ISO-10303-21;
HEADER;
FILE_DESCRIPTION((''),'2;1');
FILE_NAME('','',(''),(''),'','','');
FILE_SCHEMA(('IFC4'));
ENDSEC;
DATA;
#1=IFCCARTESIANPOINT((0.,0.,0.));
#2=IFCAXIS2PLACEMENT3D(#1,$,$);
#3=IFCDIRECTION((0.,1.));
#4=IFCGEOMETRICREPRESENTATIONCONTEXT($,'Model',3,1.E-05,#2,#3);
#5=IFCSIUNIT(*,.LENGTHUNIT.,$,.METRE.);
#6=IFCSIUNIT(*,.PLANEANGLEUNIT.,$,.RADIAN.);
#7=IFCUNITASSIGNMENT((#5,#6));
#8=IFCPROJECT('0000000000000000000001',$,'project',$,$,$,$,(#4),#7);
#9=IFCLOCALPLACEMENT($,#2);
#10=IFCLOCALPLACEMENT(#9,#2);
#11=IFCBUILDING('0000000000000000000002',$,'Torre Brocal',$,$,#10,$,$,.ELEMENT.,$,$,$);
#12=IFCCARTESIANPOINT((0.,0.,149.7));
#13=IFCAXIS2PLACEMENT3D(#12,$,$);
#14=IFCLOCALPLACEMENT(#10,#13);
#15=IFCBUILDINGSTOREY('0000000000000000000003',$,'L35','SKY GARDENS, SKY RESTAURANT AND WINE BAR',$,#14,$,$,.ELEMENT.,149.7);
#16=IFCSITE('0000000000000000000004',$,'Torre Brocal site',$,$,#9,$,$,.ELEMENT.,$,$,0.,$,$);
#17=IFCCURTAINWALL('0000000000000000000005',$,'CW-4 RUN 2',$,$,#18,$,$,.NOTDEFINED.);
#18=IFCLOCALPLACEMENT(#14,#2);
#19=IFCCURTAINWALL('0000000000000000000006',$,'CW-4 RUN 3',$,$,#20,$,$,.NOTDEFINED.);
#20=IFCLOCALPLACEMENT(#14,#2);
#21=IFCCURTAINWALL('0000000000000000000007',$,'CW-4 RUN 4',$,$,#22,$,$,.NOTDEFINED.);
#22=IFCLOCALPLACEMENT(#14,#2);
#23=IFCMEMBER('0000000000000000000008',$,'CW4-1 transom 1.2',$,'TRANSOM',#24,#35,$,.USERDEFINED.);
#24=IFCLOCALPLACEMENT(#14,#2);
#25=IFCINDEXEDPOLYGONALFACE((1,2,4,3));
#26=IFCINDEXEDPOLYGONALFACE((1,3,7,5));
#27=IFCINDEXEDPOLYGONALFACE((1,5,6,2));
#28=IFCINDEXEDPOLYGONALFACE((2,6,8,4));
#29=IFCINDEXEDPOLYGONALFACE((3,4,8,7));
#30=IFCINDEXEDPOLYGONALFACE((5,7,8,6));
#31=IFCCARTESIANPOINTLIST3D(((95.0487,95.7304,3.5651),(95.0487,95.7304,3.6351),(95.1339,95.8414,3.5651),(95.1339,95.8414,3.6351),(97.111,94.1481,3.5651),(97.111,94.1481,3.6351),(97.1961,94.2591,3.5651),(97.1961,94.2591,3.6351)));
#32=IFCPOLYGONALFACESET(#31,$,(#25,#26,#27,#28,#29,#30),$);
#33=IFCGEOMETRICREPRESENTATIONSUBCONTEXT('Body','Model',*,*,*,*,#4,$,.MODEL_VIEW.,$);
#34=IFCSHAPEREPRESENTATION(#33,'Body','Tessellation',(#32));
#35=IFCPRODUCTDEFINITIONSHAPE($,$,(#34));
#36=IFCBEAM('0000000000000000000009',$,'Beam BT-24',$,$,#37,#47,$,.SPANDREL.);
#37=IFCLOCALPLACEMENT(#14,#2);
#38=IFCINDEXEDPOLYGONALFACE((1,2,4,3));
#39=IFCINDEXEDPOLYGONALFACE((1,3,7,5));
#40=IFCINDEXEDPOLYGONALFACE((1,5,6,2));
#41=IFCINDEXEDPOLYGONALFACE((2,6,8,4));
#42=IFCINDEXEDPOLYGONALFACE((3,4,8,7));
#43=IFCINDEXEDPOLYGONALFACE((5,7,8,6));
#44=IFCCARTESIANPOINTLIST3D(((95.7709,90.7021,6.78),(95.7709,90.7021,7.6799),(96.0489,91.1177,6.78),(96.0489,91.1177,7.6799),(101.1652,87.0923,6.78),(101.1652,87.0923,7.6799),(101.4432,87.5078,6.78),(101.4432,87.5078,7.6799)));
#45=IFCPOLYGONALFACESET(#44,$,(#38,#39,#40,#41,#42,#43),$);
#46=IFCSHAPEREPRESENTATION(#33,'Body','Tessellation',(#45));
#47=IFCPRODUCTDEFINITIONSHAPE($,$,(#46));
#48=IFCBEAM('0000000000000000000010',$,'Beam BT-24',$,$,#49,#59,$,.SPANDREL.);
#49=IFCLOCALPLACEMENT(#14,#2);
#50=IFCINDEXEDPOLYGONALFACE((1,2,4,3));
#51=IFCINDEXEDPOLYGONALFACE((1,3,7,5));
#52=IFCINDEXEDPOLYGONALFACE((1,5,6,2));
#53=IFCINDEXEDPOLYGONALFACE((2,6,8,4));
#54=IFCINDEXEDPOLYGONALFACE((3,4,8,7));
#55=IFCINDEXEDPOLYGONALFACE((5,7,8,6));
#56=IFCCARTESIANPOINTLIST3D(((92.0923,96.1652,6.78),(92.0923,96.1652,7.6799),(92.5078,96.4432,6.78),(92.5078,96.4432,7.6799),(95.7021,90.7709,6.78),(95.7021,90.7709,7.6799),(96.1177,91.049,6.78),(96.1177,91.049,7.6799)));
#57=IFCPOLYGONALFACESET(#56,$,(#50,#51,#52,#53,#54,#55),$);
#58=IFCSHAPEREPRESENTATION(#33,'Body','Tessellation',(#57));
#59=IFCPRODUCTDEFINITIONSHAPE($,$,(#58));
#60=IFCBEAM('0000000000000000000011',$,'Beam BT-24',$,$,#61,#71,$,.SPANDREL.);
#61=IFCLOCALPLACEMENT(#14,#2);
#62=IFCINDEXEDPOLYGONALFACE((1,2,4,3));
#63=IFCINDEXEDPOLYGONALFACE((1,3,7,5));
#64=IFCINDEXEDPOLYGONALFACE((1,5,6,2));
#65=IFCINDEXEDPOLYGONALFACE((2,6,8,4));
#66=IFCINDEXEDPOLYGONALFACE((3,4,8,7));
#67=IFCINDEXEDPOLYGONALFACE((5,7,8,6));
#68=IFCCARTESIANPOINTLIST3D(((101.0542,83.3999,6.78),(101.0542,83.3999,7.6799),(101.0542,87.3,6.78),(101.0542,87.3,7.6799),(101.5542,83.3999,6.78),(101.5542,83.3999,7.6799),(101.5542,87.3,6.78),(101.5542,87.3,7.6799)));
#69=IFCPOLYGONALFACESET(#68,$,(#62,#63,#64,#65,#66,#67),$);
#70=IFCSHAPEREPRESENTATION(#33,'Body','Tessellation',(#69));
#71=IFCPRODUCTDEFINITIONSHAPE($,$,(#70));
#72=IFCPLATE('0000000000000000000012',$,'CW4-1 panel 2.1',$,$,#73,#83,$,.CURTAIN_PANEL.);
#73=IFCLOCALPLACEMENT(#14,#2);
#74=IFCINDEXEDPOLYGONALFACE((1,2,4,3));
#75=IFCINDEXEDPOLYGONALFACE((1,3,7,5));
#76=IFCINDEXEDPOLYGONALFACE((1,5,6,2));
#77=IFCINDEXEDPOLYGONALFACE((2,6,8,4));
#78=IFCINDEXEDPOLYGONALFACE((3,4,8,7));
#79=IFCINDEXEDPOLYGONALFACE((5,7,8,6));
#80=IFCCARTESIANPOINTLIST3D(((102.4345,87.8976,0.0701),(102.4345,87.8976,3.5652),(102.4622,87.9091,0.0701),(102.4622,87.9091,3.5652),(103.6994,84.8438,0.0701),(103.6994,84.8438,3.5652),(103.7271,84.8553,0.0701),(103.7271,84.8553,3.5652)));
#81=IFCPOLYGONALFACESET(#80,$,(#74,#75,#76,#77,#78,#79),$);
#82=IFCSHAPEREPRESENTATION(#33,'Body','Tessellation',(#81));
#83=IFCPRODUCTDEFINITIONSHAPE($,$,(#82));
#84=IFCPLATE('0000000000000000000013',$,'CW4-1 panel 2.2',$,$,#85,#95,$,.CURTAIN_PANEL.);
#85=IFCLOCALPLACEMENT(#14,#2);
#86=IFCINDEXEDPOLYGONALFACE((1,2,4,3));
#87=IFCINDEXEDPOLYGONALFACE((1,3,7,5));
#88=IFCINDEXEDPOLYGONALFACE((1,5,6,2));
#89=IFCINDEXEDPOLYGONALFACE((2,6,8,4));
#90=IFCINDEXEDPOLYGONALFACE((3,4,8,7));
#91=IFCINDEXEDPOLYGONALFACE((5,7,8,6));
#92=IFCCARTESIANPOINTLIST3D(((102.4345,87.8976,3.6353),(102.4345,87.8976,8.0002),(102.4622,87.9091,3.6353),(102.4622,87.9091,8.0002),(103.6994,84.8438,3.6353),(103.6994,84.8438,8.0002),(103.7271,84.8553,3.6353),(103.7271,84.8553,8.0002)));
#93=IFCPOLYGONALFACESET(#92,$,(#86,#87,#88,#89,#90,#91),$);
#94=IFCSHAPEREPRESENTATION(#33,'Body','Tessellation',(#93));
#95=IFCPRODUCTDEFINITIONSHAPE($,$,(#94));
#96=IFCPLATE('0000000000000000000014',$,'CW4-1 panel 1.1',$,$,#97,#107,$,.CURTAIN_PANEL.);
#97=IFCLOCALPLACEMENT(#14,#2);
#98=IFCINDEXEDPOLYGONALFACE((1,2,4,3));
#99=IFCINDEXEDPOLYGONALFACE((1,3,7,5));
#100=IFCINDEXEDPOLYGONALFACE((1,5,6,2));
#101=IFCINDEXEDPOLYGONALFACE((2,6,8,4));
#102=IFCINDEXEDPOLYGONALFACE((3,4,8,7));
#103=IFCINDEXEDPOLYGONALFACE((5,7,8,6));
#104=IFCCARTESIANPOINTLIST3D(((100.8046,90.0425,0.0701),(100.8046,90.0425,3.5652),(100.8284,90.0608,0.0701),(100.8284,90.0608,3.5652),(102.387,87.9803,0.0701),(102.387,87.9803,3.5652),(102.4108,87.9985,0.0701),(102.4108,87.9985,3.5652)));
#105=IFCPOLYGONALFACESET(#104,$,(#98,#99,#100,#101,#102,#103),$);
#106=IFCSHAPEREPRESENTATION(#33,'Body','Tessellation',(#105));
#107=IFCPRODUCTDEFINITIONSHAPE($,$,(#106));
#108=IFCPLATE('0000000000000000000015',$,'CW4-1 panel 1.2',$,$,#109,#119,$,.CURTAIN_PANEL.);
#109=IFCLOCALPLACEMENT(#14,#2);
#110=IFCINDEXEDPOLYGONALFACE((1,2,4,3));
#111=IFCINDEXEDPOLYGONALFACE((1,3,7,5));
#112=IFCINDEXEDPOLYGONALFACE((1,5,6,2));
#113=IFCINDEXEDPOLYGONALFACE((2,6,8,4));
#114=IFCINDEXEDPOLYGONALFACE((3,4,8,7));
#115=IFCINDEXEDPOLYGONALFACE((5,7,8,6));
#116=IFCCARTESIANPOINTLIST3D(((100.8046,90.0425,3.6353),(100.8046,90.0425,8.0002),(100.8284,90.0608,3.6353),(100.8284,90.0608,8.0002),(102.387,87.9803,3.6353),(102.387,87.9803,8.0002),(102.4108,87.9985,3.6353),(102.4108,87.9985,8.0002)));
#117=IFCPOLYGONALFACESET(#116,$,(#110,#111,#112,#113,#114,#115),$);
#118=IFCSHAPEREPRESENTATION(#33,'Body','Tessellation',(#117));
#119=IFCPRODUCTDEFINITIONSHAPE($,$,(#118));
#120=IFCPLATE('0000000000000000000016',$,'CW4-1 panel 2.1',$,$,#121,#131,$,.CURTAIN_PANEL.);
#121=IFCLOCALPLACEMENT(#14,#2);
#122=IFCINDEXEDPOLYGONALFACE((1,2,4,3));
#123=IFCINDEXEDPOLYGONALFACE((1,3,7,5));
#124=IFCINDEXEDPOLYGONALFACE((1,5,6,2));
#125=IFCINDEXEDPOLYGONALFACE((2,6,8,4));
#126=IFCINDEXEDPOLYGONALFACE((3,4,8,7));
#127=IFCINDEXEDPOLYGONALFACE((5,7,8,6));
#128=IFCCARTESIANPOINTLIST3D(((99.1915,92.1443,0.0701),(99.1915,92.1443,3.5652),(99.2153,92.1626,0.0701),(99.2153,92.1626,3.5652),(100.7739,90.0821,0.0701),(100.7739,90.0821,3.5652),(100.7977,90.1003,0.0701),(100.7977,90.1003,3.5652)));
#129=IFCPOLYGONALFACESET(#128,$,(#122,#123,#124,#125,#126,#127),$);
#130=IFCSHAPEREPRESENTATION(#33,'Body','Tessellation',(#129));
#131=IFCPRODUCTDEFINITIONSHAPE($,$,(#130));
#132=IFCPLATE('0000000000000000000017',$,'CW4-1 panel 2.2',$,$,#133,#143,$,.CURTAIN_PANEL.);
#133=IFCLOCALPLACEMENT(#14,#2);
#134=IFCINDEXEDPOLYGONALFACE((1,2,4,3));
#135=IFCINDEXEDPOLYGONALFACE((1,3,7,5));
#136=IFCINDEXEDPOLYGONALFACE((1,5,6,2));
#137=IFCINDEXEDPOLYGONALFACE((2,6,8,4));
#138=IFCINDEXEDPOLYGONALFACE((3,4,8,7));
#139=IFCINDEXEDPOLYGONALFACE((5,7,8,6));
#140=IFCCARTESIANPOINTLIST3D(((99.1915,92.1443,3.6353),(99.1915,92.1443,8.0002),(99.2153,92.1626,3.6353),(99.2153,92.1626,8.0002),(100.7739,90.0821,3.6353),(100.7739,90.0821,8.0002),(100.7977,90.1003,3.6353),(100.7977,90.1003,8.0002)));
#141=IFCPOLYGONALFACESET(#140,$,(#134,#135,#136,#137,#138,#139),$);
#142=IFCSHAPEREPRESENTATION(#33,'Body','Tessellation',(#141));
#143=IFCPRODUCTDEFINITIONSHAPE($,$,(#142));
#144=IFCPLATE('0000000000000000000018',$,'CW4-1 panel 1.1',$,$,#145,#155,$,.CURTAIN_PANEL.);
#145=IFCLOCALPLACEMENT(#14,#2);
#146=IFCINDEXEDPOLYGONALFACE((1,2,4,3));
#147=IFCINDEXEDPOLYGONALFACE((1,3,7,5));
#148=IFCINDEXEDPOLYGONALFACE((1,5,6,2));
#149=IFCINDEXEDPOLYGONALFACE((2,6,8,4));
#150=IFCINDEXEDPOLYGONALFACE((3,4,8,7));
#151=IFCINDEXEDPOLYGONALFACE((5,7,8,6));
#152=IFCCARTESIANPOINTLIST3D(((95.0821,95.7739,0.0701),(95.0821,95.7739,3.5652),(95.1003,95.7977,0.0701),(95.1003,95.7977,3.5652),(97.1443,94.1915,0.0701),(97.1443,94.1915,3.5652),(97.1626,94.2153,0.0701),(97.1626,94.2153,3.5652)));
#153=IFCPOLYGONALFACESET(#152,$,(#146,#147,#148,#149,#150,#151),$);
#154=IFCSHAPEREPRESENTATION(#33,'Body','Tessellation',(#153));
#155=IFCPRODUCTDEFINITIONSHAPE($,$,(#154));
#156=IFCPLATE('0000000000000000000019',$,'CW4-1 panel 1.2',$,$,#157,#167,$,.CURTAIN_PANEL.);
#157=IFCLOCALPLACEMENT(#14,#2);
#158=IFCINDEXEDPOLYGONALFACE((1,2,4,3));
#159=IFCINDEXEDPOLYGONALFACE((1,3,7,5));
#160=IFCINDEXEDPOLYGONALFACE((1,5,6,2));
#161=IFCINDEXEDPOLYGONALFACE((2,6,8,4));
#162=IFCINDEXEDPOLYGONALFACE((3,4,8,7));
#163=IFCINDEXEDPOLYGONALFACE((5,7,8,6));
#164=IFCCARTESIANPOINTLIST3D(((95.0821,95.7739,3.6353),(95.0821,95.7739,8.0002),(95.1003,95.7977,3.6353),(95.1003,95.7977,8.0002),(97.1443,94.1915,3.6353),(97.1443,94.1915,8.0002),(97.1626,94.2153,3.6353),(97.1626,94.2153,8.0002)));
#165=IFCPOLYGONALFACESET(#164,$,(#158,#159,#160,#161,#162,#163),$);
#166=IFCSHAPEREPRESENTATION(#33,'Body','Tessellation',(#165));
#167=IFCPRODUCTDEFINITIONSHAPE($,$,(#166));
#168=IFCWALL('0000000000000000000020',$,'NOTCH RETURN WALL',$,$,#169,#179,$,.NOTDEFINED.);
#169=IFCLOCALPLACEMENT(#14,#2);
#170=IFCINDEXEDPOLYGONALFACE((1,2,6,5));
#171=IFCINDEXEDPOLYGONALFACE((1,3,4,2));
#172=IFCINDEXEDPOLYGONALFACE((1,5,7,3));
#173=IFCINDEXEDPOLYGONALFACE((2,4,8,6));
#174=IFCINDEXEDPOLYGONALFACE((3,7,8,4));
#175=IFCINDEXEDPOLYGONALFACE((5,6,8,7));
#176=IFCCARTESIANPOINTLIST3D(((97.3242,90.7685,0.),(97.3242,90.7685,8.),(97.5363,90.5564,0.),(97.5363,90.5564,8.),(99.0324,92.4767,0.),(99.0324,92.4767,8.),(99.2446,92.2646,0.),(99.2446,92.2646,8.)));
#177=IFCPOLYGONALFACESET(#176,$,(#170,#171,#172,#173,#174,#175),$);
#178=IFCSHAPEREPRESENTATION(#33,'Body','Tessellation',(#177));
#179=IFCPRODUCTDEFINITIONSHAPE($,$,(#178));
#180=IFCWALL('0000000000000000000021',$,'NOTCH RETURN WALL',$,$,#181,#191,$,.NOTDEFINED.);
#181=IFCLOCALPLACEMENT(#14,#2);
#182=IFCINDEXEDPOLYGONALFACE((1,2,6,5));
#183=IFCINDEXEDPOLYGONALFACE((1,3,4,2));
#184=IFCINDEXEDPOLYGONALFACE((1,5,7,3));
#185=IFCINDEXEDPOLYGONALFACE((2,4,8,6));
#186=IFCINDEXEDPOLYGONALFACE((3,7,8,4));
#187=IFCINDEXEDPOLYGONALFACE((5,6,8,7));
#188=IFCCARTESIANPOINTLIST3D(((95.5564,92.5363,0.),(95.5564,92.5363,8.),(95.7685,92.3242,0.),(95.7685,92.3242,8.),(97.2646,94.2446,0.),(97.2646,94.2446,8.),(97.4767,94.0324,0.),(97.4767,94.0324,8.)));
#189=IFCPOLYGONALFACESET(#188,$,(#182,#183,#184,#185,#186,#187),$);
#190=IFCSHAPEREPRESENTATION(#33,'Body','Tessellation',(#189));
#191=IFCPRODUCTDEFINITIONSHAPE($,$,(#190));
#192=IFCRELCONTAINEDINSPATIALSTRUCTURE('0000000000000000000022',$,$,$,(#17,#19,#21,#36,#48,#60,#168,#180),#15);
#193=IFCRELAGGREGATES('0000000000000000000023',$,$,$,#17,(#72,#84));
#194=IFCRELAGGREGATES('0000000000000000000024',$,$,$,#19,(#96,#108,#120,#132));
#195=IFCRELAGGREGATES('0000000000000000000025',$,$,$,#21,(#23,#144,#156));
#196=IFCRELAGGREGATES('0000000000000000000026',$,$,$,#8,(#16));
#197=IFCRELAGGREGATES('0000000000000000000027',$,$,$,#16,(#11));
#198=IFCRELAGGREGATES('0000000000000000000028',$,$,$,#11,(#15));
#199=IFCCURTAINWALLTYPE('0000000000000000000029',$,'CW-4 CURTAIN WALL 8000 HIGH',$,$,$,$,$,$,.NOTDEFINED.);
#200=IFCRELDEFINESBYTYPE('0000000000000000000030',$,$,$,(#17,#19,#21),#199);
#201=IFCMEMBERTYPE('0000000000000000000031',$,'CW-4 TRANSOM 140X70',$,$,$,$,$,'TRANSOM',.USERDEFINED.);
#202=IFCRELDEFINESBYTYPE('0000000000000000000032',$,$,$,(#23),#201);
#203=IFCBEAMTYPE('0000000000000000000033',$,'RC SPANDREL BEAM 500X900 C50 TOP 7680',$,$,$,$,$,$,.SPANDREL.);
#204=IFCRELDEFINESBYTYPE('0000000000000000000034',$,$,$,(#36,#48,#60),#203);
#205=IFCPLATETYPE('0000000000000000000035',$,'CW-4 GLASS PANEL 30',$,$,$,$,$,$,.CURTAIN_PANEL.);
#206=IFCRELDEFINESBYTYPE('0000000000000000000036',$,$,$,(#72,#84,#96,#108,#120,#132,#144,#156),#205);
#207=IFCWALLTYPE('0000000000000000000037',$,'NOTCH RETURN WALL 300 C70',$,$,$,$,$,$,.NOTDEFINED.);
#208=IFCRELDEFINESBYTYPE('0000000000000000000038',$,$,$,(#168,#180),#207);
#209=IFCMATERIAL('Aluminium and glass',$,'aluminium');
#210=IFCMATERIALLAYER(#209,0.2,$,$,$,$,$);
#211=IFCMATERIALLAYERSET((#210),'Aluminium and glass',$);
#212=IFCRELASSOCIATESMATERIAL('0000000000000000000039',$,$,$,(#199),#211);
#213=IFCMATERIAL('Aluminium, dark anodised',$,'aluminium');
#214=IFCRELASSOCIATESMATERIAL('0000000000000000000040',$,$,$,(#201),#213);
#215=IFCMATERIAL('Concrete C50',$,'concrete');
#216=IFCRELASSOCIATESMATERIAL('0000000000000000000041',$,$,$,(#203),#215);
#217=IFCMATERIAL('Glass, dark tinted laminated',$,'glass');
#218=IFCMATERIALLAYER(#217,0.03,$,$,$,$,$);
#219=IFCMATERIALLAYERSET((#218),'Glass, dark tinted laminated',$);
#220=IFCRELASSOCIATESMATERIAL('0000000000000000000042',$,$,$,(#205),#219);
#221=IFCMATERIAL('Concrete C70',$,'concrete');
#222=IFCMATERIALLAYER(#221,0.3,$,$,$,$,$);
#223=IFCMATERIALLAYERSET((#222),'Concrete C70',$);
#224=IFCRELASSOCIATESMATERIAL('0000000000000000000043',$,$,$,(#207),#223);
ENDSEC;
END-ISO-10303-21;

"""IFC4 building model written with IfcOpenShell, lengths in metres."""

from ifc_helpers import new_model, si_unit, direction, frame, frame_2d, origin, origin_2d, place, context, subcontext, project, spatial, rectangle, extrude, material, layer, layer_set, material_profile, profile_set, type_object, element, aggregate, save


model = new_model("IFC4")

# Units and contexts
model_context = context("Model", 3, precision=1e-05, world=origin(), true_north=direction((0.0, 1.0)))
body_context = subcontext(model_context, "Body", "Model", "MODEL_VIEW")
ifc_project = project(units=[si_unit("LENGTHUNIT", "METRE"), si_unit("PLANEANGLEUNIT", "RADIAN")], contexts=[model_context])

# Site, building, storey
site_placement = place(None, origin())
site = spatial("IfcSite", under=ifc_project, at=site_placement, Name="Torre Brocal site", CompositionType="ELEMENT", RefElevation=0.0)
building_placement = place(site_placement, origin())
building = spatial("IfcBuilding", under=site, at=building_placement, Name="Torre Brocal", CompositionType="ELEMENT")
storey_placement = place(building_placement, frame((0.0, 0.0, 149.7)))
storey = spatial("IfcBuildingStorey", under=building, at=storey_placement, Name="L35", Description="SKY GARDENS, SKY RESTAURANT AND WINE BAR", CompositionType="ELEMENT", Elevation=149.7)

# Curtain wall
ifc_material_1 = material(Name="Aluminium and glass", Category="aluminium")
ifc_layer_1 = layer(ifc_material_1, 0.2)
ifc_layer_set_1 = layer_set([ifc_layer_1], Name="Aluminium and glass")
curtain_wall_type = type_object("IfcCurtainWallType", Name="CW-4 CURTAIN WALL 8000 HIGH", PredefinedType="NOTDEFINED", material=ifc_layer_set_1)
curtain_wall_1_placement = place(storey_placement, origin())
curtain_wall_1 = element("IfcCurtainWall", 1, at=curtain_wall_1_placement, inside=storey, type_object=curtain_wall_type, Name="CW-4 RUN 2", PredefinedType="NOTDEFINED")

# Curtain wall
curtain_wall_2_placement = place(storey_placement, origin())
curtain_wall_2 = element("IfcCurtainWall", 2, at=curtain_wall_2_placement, inside=storey, type_object=curtain_wall_type, Name="CW-4 RUN 3", PredefinedType="NOTDEFINED")

# Curtain wall
curtain_wall_3_placement = place(storey_placement, origin())
curtain_wall_3 = element("IfcCurtainWall", 3, at=curtain_wall_3_placement, inside=storey, type_object=curtain_wall_type, Name="CW-4 RUN 4", PredefinedType="NOTDEFINED")

# Member
ifc_material_2 = material(Name="Aluminium, dark anodised", Category="aluminium")
ifc_material_profile_1 = material_profile(ifc_material_2, rectangle(XDim=0.1399, YDim=0.0701, at=origin_2d()), Name="CW-4 TRANSOM 140X70")
ifc_profile_set_1 = profile_set([ifc_material_profile_1], Name="Aluminium, dark anodised")
member_type_1 = type_object("IfcMemberType", Name="CW-4 TRANSOM 140X70", ElementType="TRANSOM", PredefinedType="USERDEFINED", material=ifc_profile_set_1)
member_1_placement = place(storey_placement, frame((97.1536, 94.2036, 3.6001), z_axis=(-0.793381, 0.608725, 0.0), x_axis=(-0.608725, -0.793381, 0.0)))
member_1 = element("IfcMember", 4, at=member_1_placement, type_object=member_type_1, Name="CW4-1 transom 1.2", ObjectType="TRANSOM", PredefinedType="USERDEFINED", context=body_context, shape_type="SweptSolid", body=[
    extrude(rectangle(XDim=0.1399, YDim=0.0701, at=origin_2d()), origin(), (0.0, 0.0, 1.0), 2.5994),
])

# Beams
ifc_material_3 = material(Name="Concrete C50", Category="concrete")
ifc_material_profile_2 = material_profile(ifc_material_3, rectangle(XDim=0.5, YDim=0.8999, at=origin_2d()), Name="RC 500X900")
ifc_profile_set_2 = profile_set([ifc_material_profile_2], Name="Concrete C50")
beam_type = type_object("IfcBeamType", Name="RC SPANDREL BEAM 500X900 C50 TOP 7680", PredefinedType="SPANDREL", material=ifc_profile_set_2)
for number, where, z_axis, x_axis, name in (
    (5, (101.3042, 87.3, 7.23), (-0.831077, 0.556158, 0.0), (-0.556158, -0.831077, 0.0), "Beam BT-24"),
    (6, (95.9099, 90.9099, 7.23), (-0.556158, 0.831077, 0.0), (-0.831077, -0.556158, 0.0), "Beam BT-24"),
):
    element("IfcBeam", number, at=place(storey_placement, frame(where, z_axis=z_axis, x_axis=x_axis)), inside=storey, type_object=beam_type, Name=name, PredefinedType="SPANDREL", context=body_context, shape_type="SweptSolid", body=[
        extrude(rectangle(XDim=0.5, YDim=0.8999, at=origin_2d()), origin(), (0.0, 0.0, 1.0), 6.4907),
    ])
beam_placement = place(storey_placement, frame((101.3042, 87.3, 7.23), z_axis=(0.0, -1.0, 0.0), x_axis=(1.0, 0.0, 0.0)))
element("IfcBeam", 7, at=beam_placement, inside=storey, type_object=beam_type, Name="Beam BT-24", PredefinedType="SPANDREL", context=body_context, shape_type="SweptSolid", body=[
    extrude(rectangle(XDim=0.5, YDim=0.8999, at=origin_2d()), origin(), (0.0, 0.0, 1.0), 3.9001),
])

# Plates
ifc_material_4 = material(Name="Glass, dark tinted laminated", Category="glass")
ifc_layer_2 = layer(ifc_material_4, 0.03)
ifc_layer_set_2 = layer_set([ifc_layer_2], Name="Glass, dark tinted laminated")
plate_type = type_object("IfcPlateType", Name="CW-4 GLASS PANEL 30", PredefinedType="CURTAIN_PANEL", material=ifc_layer_set_2)
plate_1_placement = place(storey_placement, frame((103.0808, 86.3765, 0.0701), z_axis=(0.0, 0.0, 1.0), x_axis=(-0.382683, 0.92388, 0.0)))
plate_1 = element("IfcPlate", 8, at=plate_1_placement, type_object=plate_type, Name="CW4-1 panel 2.1", PredefinedType="CURTAIN_PANEL", context=body_context, shape_type="SweptSolid", body=[
    extrude(rectangle(XDim=3.3054, YDim=0.03, at=origin_2d()), origin(), (0.0, 0.0, 1.0), 3.4951),
])
plate_2_placement = place(storey_placement, frame((103.0808, 86.3765, 3.6353), z_axis=(0.0, 0.0, 1.0), x_axis=(-0.382683, 0.92388, 0.0)))
plate_2 = element("IfcPlate", 9, at=plate_2_placement, type_object=plate_type, Name="CW4-1 panel 2.2", PredefinedType="CURTAIN_PANEL", context=body_context, shape_type="SweptSolid", body=[
    extrude(rectangle(XDim=3.3054, YDim=0.03, at=origin_2d()), origin(), (0.0, 0.0, 1.0), 4.365),
])
aggregate(curtain_wall_1, [plate_1, plate_2])
plate_3_placement = place(storey_placement, frame((101.6077, 89.0205, 0.0701), z_axis=(0.0, 0.0, 1.0), x_axis=(-0.608761, 0.793353, 0.0)))
plate_3 = element("IfcPlate", 10, at=plate_3_placement, type_object=plate_type, Name="CW4-1 panel 1.1", PredefinedType="CURTAIN_PANEL", context=body_context, shape_type="SweptSolid", body=[
    extrude(rectangle(XDim=2.5994, YDim=0.03, at=origin_2d()), origin(), (0.0, 0.0, 1.0), 3.4951),
])
plate_4_placement = place(storey_placement, frame((101.6077, 89.0205, 3.6353), z_axis=(0.0, 0.0, 1.0), x_axis=(-0.608761, 0.793353, 0.0)))
plate_4 = element("IfcPlate", 11, at=plate_4_placement, type_object=plate_type, Name="CW4-1 panel 1.2", PredefinedType="CURTAIN_PANEL", context=body_context, shape_type="SweptSolid", body=[
    extrude(rectangle(XDim=2.5994, YDim=0.03, at=origin_2d()), origin(), (0.0, 0.0, 1.0), 4.365),
])
plate_5_placement = place(storey_placement, frame((99.9946, 91.1223, 0.0701), z_axis=(0.0, 0.0, 1.0), x_axis=(-0.608761, 0.793353, 0.0)))
plate_5 = element("IfcPlate", 12, at=plate_5_placement, type_object=plate_type, Name="CW4-1 panel 2.1", PredefinedType="CURTAIN_PANEL", context=body_context, shape_type="SweptSolid", body=[
    extrude(rectangle(XDim=2.5994, YDim=0.03, at=origin_2d()), origin(), (0.0, 0.0, 1.0), 3.4951),
])
plate_6_placement = place(storey_placement, frame((99.9946, 91.1223, 3.6353), z_axis=(0.0, 0.0, 1.0), x_axis=(-0.608761, 0.793353, 0.0)))
plate_6 = element("IfcPlate", 13, at=plate_6_placement, type_object=plate_type, Name="CW4-1 panel 2.2", PredefinedType="CURTAIN_PANEL", context=body_context, shape_type="SweptSolid", body=[
    extrude(rectangle(XDim=2.5994, YDim=0.03, at=origin_2d()), origin(), (0.0, 0.0, 1.0), 4.365),
])
aggregate(curtain_wall_2, [plate_3, plate_4, plate_5, plate_6])
plate_7_placement = place(storey_placement, frame((96.1223, 94.9946, 0.0701), z_axis=(0.0, 0.0, 1.0), x_axis=(-0.793353, 0.608761, 0.0)))
plate_7 = element("IfcPlate", 14, at=plate_7_placement, type_object=plate_type, Name="CW4-1 panel 1.1", PredefinedType="CURTAIN_PANEL", context=body_context, shape_type="SweptSolid", body=[
    extrude(rectangle(XDim=2.5994, YDim=0.03, at=origin_2d()), origin(), (0.0, 0.0, 1.0), 3.4951),
])
plate_8_placement = place(storey_placement, frame((96.1223, 94.9946, 3.6353), z_axis=(0.0, 0.0, 1.0), x_axis=(-0.793353, 0.608761, 0.0)))
plate_8 = element("IfcPlate", 15, at=plate_8_placement, type_object=plate_type, Name="CW4-1 panel 1.2", PredefinedType="CURTAIN_PANEL", context=body_context, shape_type="SweptSolid", body=[
    extrude(rectangle(XDim=2.5994, YDim=0.03, at=origin_2d()), origin(), (0.0, 0.0, 1.0), 4.365),
])
aggregate(curtain_wall_3, [member_1, plate_7, plate_8])

# Walls
ifc_material_5 = material(Name="Concrete C70", Category="concrete")
ifc_layer_3 = layer(ifc_material_5, 0.3)
ifc_layer_set_3 = layer_set([ifc_layer_3], Name="Concrete C70")
wall_type = type_object("IfcWallType", Name="NOTCH RETURN WALL 300 C70", PredefinedType="NOTDEFINED", material=ifc_layer_set_3)
for number, where, z_axis, x_axis, name in (
    (16, (97.4302, 90.6624, 0.0), (0.0, 0.0, 1.0), (0.707107, 0.707107, 0.0), "NOTCH RETURN WALL"),
    (17, (95.6624, 92.4302, 0.0), (0.0, 0.0, 1.0), (0.707107, 0.707107, 0.0), "NOTCH RETURN WALL"),
):
    element("IfcWall", number, at=place(storey_placement, frame(where, z_axis=z_axis, x_axis=x_axis)), inside=storey, type_object=wall_type, Name=name, PredefinedType="NOTDEFINED", context=body_context, shape_type="SweptSolid", body=[
        extrude(rectangle(XDim=2.4158, YDim=0.3, at=frame_2d((1.208, 0.0))), origin(), (0.0, 0.0, 1.0), 8.0),
    ])

save(model, "model.ifc")
